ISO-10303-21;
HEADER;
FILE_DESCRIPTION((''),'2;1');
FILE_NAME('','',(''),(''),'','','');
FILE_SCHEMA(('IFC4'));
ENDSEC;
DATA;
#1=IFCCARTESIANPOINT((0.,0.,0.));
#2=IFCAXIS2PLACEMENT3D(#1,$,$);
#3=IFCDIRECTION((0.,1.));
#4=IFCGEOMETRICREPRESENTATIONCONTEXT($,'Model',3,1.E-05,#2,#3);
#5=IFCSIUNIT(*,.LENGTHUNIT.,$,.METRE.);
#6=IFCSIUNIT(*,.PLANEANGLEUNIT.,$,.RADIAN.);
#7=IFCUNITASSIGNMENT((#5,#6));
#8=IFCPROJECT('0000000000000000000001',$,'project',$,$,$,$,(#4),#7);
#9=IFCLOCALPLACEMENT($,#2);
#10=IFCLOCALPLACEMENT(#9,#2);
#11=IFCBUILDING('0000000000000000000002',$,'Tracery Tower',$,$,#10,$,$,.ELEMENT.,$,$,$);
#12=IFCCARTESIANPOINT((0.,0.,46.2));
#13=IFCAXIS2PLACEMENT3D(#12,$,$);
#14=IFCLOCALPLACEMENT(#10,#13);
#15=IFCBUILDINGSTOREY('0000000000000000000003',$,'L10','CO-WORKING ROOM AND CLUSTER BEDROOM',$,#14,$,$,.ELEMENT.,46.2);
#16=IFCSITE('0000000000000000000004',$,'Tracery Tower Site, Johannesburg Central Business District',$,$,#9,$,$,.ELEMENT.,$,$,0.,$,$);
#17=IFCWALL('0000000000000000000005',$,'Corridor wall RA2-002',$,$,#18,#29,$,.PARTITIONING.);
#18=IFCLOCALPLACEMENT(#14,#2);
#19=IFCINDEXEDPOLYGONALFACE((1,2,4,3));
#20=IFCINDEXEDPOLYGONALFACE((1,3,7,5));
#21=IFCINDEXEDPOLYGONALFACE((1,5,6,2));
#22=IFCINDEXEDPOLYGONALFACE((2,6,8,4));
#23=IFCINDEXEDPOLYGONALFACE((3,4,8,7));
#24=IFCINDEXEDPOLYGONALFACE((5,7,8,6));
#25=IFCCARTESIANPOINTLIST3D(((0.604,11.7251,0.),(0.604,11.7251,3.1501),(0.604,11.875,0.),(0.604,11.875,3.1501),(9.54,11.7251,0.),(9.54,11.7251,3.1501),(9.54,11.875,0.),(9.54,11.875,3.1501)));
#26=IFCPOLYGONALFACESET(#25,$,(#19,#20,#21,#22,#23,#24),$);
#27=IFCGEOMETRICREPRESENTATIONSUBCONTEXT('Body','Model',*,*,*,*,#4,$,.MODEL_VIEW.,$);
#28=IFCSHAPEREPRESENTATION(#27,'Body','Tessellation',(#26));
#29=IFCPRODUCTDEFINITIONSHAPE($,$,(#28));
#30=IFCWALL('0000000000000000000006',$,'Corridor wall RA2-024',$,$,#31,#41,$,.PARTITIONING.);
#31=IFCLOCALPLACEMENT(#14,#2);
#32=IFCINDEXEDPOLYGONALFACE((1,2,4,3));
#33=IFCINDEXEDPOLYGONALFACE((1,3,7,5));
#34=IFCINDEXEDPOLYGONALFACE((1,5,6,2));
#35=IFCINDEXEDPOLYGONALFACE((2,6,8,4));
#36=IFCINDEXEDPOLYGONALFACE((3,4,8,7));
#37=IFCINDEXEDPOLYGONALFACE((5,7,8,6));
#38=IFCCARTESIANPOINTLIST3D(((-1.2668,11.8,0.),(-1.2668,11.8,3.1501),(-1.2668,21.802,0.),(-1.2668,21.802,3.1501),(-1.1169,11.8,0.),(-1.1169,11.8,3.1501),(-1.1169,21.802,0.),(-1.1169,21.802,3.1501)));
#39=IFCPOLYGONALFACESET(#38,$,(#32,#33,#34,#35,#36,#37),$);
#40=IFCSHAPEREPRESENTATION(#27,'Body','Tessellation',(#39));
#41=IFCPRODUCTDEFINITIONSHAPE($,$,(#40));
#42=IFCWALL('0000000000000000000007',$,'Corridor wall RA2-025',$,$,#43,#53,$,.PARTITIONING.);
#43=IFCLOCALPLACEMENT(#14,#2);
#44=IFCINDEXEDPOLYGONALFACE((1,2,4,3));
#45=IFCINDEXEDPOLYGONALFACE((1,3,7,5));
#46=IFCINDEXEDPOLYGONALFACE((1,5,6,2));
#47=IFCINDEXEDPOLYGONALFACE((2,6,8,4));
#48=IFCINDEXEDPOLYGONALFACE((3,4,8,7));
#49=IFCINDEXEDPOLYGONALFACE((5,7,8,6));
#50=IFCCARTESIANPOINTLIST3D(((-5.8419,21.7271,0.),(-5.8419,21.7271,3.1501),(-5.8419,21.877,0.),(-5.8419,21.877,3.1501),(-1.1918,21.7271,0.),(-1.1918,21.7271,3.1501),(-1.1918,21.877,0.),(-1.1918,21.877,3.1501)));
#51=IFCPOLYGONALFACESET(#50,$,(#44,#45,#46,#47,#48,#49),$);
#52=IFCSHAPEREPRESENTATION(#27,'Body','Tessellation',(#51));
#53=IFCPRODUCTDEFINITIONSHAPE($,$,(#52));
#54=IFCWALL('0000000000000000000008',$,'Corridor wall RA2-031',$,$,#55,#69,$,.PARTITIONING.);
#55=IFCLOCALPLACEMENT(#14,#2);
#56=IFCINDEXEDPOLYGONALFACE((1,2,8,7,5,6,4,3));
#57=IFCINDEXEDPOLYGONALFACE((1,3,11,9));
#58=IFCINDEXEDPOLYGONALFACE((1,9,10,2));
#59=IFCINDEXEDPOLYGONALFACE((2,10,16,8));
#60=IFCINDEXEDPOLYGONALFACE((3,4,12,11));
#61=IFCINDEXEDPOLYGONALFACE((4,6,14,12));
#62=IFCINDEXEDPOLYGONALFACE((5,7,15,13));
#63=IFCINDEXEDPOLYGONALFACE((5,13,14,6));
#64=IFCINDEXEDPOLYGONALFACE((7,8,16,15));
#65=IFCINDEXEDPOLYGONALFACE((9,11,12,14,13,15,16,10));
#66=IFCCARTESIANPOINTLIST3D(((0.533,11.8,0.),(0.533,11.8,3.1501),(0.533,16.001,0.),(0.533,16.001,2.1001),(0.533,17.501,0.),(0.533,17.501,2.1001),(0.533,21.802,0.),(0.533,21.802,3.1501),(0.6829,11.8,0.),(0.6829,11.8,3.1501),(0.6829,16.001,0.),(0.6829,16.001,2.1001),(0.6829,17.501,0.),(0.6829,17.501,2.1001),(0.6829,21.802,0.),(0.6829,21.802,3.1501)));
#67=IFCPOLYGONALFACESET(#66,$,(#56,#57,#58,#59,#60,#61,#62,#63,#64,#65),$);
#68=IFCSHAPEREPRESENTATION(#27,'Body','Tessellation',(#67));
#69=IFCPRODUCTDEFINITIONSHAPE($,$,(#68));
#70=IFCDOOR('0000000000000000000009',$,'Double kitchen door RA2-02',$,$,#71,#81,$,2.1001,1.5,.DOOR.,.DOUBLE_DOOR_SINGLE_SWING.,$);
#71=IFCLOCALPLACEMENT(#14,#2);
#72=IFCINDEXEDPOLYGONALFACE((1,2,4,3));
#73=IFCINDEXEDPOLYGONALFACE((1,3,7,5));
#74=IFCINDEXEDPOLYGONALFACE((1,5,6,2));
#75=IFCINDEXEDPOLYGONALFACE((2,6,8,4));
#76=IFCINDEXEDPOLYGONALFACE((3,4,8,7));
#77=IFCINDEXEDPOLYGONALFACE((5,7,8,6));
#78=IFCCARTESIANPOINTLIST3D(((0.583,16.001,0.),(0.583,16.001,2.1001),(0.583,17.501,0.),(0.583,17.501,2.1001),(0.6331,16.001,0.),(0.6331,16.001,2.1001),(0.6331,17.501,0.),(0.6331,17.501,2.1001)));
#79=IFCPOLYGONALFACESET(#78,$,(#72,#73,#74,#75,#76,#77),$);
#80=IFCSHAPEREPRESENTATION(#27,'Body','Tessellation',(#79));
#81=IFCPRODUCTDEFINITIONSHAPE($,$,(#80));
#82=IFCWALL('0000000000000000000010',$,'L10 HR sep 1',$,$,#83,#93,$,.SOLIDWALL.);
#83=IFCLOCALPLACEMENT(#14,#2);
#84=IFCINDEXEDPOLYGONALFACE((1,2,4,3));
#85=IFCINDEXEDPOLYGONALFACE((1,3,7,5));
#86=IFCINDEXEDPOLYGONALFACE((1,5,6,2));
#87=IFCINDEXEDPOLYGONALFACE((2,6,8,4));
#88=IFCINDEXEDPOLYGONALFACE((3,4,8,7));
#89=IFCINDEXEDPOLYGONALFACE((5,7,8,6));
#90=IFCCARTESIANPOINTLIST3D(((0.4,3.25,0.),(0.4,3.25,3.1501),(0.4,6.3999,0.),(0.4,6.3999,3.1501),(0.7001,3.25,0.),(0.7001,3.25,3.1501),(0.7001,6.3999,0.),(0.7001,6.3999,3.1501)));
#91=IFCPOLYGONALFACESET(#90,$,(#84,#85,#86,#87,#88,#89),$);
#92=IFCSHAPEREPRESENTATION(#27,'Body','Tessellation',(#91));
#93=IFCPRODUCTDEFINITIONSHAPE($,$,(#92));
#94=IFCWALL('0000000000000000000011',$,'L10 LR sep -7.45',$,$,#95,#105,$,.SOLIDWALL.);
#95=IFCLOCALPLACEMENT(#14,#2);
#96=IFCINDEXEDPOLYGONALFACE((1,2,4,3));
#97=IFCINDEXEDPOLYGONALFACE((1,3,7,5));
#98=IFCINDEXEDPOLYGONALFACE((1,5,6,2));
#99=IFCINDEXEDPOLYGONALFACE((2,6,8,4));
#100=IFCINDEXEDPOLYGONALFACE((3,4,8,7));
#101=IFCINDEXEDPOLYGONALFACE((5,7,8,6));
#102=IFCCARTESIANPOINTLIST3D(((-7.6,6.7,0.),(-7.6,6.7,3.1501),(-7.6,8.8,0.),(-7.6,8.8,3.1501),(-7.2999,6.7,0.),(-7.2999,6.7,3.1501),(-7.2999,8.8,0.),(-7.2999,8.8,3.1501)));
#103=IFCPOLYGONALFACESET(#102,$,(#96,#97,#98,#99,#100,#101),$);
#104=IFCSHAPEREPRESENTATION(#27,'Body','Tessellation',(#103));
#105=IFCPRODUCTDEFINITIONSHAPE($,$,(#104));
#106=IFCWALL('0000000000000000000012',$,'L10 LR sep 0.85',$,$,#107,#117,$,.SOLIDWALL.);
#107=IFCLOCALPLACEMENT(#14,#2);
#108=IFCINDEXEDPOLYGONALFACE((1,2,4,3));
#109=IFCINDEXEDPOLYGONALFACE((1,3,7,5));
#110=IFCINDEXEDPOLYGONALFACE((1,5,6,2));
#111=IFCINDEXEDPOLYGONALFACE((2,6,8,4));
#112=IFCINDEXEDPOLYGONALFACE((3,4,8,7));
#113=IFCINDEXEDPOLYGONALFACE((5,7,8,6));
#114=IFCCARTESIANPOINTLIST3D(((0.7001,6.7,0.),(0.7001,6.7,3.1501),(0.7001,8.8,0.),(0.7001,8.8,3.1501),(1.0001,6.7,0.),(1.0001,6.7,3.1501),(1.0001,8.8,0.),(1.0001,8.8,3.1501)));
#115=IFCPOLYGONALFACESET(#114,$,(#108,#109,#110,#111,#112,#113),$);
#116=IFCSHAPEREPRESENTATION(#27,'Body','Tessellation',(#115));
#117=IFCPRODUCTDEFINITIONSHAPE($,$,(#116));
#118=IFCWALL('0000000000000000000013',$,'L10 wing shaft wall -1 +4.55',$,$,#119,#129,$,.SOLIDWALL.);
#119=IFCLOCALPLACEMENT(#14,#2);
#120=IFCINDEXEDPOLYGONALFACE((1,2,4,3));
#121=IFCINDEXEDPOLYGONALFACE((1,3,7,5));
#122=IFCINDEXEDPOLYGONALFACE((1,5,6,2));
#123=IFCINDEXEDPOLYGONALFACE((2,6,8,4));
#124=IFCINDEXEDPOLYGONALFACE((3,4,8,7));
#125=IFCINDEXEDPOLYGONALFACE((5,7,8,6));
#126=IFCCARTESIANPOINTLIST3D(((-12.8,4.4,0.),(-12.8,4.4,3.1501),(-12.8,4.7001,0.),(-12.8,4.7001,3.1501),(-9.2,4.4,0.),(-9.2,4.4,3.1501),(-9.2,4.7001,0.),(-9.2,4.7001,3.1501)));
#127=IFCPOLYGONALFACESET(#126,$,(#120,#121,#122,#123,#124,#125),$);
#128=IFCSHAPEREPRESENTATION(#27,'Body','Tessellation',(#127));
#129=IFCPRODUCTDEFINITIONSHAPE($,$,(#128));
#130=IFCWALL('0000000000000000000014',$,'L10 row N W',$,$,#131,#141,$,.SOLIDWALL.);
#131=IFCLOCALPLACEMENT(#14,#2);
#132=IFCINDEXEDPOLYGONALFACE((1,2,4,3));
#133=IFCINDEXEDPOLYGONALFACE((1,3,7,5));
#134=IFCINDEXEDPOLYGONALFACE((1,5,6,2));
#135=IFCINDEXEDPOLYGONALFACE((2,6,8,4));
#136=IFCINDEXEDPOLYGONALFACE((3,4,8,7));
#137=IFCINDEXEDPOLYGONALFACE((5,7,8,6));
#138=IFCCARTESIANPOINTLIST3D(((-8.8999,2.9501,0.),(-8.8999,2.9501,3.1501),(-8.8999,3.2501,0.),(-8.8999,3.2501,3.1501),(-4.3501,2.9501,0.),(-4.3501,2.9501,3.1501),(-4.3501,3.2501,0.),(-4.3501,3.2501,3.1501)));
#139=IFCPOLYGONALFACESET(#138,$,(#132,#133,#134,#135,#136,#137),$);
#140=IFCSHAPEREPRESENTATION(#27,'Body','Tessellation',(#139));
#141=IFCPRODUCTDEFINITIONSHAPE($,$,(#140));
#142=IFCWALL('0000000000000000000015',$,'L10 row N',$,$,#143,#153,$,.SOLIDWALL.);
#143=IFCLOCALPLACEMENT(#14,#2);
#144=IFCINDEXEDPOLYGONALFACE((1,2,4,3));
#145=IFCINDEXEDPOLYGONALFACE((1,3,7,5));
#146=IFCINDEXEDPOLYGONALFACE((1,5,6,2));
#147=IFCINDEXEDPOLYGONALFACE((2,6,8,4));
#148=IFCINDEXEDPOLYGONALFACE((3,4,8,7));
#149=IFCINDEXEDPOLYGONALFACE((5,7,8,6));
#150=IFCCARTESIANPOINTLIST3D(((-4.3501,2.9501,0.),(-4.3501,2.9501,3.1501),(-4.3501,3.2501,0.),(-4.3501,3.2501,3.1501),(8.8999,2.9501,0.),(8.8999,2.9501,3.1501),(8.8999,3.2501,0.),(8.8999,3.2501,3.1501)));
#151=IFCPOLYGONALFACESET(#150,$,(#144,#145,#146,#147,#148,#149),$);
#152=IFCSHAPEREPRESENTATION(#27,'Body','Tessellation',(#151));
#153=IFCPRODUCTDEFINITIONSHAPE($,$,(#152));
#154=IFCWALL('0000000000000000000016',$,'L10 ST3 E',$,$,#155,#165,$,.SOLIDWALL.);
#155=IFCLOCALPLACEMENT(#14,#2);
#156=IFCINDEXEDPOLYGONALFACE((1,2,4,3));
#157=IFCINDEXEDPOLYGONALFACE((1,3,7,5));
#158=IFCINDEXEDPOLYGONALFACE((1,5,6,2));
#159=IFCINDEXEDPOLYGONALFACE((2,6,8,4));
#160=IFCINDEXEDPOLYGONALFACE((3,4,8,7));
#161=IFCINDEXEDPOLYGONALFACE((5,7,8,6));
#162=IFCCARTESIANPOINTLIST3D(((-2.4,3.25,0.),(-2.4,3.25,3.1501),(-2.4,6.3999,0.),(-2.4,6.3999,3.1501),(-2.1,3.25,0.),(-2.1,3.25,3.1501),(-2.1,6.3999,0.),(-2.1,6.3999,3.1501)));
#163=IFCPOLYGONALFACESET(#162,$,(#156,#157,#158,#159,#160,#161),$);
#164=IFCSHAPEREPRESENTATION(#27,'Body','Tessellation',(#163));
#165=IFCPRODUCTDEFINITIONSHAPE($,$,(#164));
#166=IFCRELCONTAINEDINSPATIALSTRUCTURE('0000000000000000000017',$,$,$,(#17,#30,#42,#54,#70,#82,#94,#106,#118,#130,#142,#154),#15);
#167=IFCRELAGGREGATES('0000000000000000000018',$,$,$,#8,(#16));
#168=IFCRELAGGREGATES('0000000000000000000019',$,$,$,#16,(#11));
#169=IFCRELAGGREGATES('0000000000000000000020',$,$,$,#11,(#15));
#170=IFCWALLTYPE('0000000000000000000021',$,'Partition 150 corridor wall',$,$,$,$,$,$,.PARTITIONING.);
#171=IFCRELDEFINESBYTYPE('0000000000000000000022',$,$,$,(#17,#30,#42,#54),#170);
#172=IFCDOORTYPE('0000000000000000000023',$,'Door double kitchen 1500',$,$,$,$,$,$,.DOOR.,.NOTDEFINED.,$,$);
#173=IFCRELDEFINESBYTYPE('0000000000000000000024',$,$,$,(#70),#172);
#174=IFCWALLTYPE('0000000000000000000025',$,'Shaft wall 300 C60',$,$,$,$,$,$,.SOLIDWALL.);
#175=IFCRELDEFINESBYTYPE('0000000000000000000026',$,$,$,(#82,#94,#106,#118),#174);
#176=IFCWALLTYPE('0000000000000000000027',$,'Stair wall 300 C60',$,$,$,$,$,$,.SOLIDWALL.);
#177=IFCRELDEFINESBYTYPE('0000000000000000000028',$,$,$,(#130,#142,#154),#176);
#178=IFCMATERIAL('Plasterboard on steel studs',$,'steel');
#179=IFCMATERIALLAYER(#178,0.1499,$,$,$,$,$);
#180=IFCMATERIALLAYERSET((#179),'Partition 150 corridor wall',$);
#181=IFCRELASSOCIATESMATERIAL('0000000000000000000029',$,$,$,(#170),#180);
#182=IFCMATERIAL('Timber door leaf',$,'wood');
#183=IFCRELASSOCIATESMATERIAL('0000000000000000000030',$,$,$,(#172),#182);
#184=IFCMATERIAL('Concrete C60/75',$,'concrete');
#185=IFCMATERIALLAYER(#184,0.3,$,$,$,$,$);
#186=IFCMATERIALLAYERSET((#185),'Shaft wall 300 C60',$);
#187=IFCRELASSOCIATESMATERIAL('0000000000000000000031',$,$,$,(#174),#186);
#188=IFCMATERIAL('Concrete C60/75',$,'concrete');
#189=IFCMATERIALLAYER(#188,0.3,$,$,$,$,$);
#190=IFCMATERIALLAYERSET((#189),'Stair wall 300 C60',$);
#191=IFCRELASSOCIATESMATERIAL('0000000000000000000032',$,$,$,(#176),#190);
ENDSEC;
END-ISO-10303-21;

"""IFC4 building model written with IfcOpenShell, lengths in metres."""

from ifc_helpers import new_model, si_unit, direction, frame, frame_2d, origin, place, context, subcontext, project, spatial, rectangle, extrude, material, layer, layer_set, type_object, element, fill, save


model = new_model("IFC4")

# Units and contexts
model_context = context("Model", 3, precision=1e-05, world=origin(), true_north=direction((0.0, 1.0)))
body_context = subcontext(model_context, "Body", "Model", "MODEL_VIEW")
ifc_project = project(units=[si_unit("LENGTHUNIT", "METRE"), si_unit("PLANEANGLEUNIT", "RADIAN")], contexts=[model_context])

# Site, building, storey
site_placement = place(None, origin())
site = spatial("IfcSite", under=ifc_project, at=site_placement, Name="Tracery Tower Site, Johannesburg Central Business District", CompositionType="ELEMENT", RefElevation=0.0)
building_placement = place(site_placement, origin())
building = spatial("IfcBuilding", under=site, at=building_placement, Name="Tracery Tower", CompositionType="ELEMENT")
storey_placement = place(building_placement, frame((0.0, 0.0, 46.2)))
storey = spatial("IfcBuildingStorey", under=building, at=storey_placement, Name="L10", Description="CO-WORKING ROOM AND CLUSTER BEDROOM", CompositionType="ELEMENT", Elevation=46.2)

# Walls
ifc_material_1 = material(Name="Plasterboard on steel studs", Category="steel")
ifc_layer_1 = layer(ifc_material_1, 0.1499)
ifc_layer_set_1 = layer_set([ifc_layer_1], Name="Partition 150 corridor wall")
wall_type_1 = type_object("IfcWallType", Name="Partition 150 corridor wall", PredefinedType="PARTITIONING", material=ifc_layer_set_1)
wall_1_placement = place(storey_placement, frame((0.604, 11.8, 0.0), z_axis=(0.0, 0.0, 1.0), x_axis=(1.0, 0.0, 0.0)))
element("IfcWall", 1, at=wall_1_placement, inside=storey, type_object=wall_type_1, Name="Corridor wall RA2-002", PredefinedType="PARTITIONING", context=body_context, shape_type="SweptSolid", body=[
    extrude(rectangle(XDim=8.936, YDim=0.1499, at=frame_2d((4.468, 0.0))), origin(), (0.0, 0.0, 1.0), 3.1501),
])
wall_2_placement = place(storey_placement, frame((-1.1919, 11.8, 0.0), z_axis=(0.0, 0.0, 1.0), x_axis=(0.0, 1.0, 0.0)))
element("IfcWall", 2, at=wall_2_placement, inside=storey, type_object=wall_type_1, Name="Corridor wall RA2-024", PredefinedType="PARTITIONING", context=body_context, shape_type="SweptSolid", body=[
    extrude(rectangle(XDim=10.002, YDim=0.1499, at=frame_2d((5.001, 0.0))), origin(), (0.0, 0.0, 1.0), 3.1501),
])
wall_3_placement = place(storey_placement, frame((-5.842, 21.802, 0.0), z_axis=(0.0, 0.0, 1.0), x_axis=(1.0, 0.0, 0.0)))
element("IfcWall", 3, at=wall_3_placement, inside=storey, type_object=wall_type_1, Name="Corridor wall RA2-025", PredefinedType="PARTITIONING", context=body_context, shape_type="SweptSolid", body=[
    extrude(rectangle(XDim=4.6501, YDim=0.1499, at=frame_2d((2.3252, 0.0))), origin(), (0.0, 0.0, 1.0), 3.1501),
])

# Wall, opening, door
wall_4_placement = place(storey_placement, frame((0.6079, 11.8, 0.0), z_axis=(0.0, 0.0, 1.0), x_axis=(0.0, 1.0, 0.0)))
wall_4 = element("IfcWall", 4, at=wall_4_placement, inside=storey, type_object=wall_type_1, Name="Corridor wall RA2-031", PredefinedType="PARTITIONING", context=body_context, shape_type="SweptSolid", body=[
    extrude(rectangle(XDim=10.002, YDim=0.1499, at=frame_2d((5.001, 0.0))), origin(), (0.0, 0.0, 1.0), 3.1501),
])
opening_1_placement = place(wall_4_placement, frame((4.2009, 0.0, 0.0)))
opening_1 = element("IfcOpeningElement", 5, at=opening_1_placement, cuts=wall_4, PredefinedType="OPENING", context=body_context, shape_type="SweptSolid", body=[
    extrude(rectangle(XDim=1.5, YDim=2.1001, at=frame_2d((0.75, 1.05))), frame((0.0, 0.075, 0.0), z_axis=(0.0, -1.0, 0.0), x_axis=(1.0, 0.0, 0.0)), (0.0, 0.0, 1.0), 0.1499),
])
ifc_material_2 = material(Name="Timber door leaf", Category="wood")
door_type_1 = type_object("IfcDoorType", Name="Door double kitchen 1500", OperationType="NOTDEFINED", PredefinedType="DOOR", material=ifc_material_2)
door_1_placement = place(opening_1_placement, origin())
door_1 = element("IfcDoor", 6, at=door_1_placement, inside=storey, type_object=door_type_1, Name="Double kitchen door RA2-02", OperationType="DOUBLE_DOOR_SINGLE_SWING", OverallHeight=2.1001, OverallWidth=1.5, PredefinedType="DOOR", context=body_context, shape_type="SweptSolid", body=[
    extrude(rectangle(XDim=1.5, YDim=2.1001, at=frame_2d((0.75, 1.05))), frame((0.0, 0.0249, 0.0), z_axis=(0.0, -1.0, 0.0), x_axis=(1.0, 0.0, 0.0)), (0.0, 0.0, 1.0), 0.05),
])
fill(opening_1, door_1)

# Walls
ifc_material_3 = material(Name="Concrete C60/75", Category="concrete")
ifc_layer_2 = layer(ifc_material_3, 0.3)
ifc_layer_set_2 = layer_set([ifc_layer_2], Name="Shaft wall 300 C60")
wall_type_2 = type_object("IfcWallType", Name="Shaft wall 300 C60", PredefinedType="SOLIDWALL", material=ifc_layer_set_2)
wall_5_placement = place(storey_placement, frame((0.55, 3.25, 0.0), z_axis=(0.0, 0.0, 1.0), x_axis=(0.0, 1.0, 0.0)))
element("IfcWall", 7, at=wall_5_placement, inside=storey, type_object=wall_type_2, Name="L10 HR sep 1", PredefinedType="SOLIDWALL", context=body_context, shape_type="SweptSolid", body=[
    extrude(rectangle(XDim=3.1499, YDim=0.3, at=frame_2d((1.575, 0.0))), origin(), (0.0, 0.0, 1.0), 3.1501),
])
wall_6_placement = place(storey_placement, frame((-7.45, 6.7, 0.0), z_axis=(0.0, 0.0, 1.0), x_axis=(0.0, 1.0, 0.0)))
element("IfcWall", 8, at=wall_6_placement, inside=storey, type_object=wall_type_2, Name="L10 LR sep -7.45", PredefinedType="SOLIDWALL", context=body_context, shape_type="SweptSolid", body=[
    extrude(rectangle(XDim=2.1001, YDim=0.3, at=frame_2d((1.05, 0.0))), origin(), (0.0, 0.0, 1.0), 3.1501),
])

# Walls
wall_7_placement = place(storey_placement, frame((0.8501, 6.7, 0.0), z_axis=(0.0, 0.0, 1.0), x_axis=(0.0, 1.0, 0.0)))
element("IfcWall", 9, at=wall_7_placement, inside=storey, type_object=wall_type_2, Name="L10 LR sep 0.85", PredefinedType="SOLIDWALL", context=body_context, shape_type="SweptSolid", body=[
    extrude(rectangle(XDim=2.1001, YDim=0.3, at=frame_2d((1.05, 0.0))), origin(), (0.0, 0.0, 1.0), 3.1501),
])
wall_8_placement = place(storey_placement, frame((-12.8, 4.55, 0.0), z_axis=(0.0, 0.0, 1.0), x_axis=(1.0, 0.0, 0.0)))
element("IfcWall", 10, at=wall_8_placement, inside=storey, type_object=wall_type_2, Name="L10 wing shaft wall -1 +4.55", PredefinedType="SOLIDWALL", context=body_context, shape_type="SweptSolid", body=[
    extrude(rectangle(XDim=3.6001, YDim=0.3, at=frame_2d((1.8, 0.0))), origin(), (0.0, 0.0, 1.0), 3.1501),
])
ifc_material_4 = material(Name="Concrete C60/75", Category="concrete")
ifc_layer_3 = layer(ifc_material_4, 0.3)
ifc_layer_set_3 = layer_set([ifc_layer_3], Name="Stair wall 300 C60")
wall_type_3 = type_object("IfcWallType", Name="Stair wall 300 C60", PredefinedType="SOLIDWALL", material=ifc_layer_set_3)
wall_9_placement = place(storey_placement, frame((-8.8999, 3.1001, 0.0), z_axis=(0.0, 0.0, 1.0), x_axis=(1.0, 0.0, 0.0)))
element("IfcWall", 11, at=wall_9_placement, inside=storey, type_object=wall_type_3, Name="L10 row N W", PredefinedType="SOLIDWALL", context=body_context, shape_type="SweptSolid", body=[
    extrude(rectangle(XDim=4.5498, YDim=0.3, at=frame_2d((2.2749, 0.0))), origin(), (0.0, 0.0, 1.0), 3.1501),
])
wall_10_placement = place(storey_placement, frame((-4.3501, 3.1001, 0.0), z_axis=(0.0, 0.0, 1.0), x_axis=(1.0, 0.0, 0.0)))
element("IfcWall", 12, at=wall_10_placement, inside=storey, type_object=wall_type_3, Name="L10 row N", PredefinedType="SOLIDWALL", context=body_context, shape_type="SweptSolid", body=[
    extrude(rectangle(XDim=13.25, YDim=0.3, at=frame_2d((6.625, 0.0))), origin(), (0.0, 0.0, 1.0), 3.1501),
])
wall_11_placement = place(storey_placement, frame((-2.25, 3.25, 0.0), z_axis=(0.0, 0.0, 1.0), x_axis=(0.0, 1.0, 0.0)))
element("IfcWall", 13, at=wall_11_placement, inside=storey, type_object=wall_type_3, Name="L10 ST3 E", PredefinedType="SOLIDWALL", context=body_context, shape_type="SweptSolid", body=[
    extrude(rectangle(XDim=3.1499, YDim=0.3, at=frame_2d((1.575, 0.0))), origin(), (0.0, 0.0, 1.0), 3.1501),
])

save(model, "model.ifc")
